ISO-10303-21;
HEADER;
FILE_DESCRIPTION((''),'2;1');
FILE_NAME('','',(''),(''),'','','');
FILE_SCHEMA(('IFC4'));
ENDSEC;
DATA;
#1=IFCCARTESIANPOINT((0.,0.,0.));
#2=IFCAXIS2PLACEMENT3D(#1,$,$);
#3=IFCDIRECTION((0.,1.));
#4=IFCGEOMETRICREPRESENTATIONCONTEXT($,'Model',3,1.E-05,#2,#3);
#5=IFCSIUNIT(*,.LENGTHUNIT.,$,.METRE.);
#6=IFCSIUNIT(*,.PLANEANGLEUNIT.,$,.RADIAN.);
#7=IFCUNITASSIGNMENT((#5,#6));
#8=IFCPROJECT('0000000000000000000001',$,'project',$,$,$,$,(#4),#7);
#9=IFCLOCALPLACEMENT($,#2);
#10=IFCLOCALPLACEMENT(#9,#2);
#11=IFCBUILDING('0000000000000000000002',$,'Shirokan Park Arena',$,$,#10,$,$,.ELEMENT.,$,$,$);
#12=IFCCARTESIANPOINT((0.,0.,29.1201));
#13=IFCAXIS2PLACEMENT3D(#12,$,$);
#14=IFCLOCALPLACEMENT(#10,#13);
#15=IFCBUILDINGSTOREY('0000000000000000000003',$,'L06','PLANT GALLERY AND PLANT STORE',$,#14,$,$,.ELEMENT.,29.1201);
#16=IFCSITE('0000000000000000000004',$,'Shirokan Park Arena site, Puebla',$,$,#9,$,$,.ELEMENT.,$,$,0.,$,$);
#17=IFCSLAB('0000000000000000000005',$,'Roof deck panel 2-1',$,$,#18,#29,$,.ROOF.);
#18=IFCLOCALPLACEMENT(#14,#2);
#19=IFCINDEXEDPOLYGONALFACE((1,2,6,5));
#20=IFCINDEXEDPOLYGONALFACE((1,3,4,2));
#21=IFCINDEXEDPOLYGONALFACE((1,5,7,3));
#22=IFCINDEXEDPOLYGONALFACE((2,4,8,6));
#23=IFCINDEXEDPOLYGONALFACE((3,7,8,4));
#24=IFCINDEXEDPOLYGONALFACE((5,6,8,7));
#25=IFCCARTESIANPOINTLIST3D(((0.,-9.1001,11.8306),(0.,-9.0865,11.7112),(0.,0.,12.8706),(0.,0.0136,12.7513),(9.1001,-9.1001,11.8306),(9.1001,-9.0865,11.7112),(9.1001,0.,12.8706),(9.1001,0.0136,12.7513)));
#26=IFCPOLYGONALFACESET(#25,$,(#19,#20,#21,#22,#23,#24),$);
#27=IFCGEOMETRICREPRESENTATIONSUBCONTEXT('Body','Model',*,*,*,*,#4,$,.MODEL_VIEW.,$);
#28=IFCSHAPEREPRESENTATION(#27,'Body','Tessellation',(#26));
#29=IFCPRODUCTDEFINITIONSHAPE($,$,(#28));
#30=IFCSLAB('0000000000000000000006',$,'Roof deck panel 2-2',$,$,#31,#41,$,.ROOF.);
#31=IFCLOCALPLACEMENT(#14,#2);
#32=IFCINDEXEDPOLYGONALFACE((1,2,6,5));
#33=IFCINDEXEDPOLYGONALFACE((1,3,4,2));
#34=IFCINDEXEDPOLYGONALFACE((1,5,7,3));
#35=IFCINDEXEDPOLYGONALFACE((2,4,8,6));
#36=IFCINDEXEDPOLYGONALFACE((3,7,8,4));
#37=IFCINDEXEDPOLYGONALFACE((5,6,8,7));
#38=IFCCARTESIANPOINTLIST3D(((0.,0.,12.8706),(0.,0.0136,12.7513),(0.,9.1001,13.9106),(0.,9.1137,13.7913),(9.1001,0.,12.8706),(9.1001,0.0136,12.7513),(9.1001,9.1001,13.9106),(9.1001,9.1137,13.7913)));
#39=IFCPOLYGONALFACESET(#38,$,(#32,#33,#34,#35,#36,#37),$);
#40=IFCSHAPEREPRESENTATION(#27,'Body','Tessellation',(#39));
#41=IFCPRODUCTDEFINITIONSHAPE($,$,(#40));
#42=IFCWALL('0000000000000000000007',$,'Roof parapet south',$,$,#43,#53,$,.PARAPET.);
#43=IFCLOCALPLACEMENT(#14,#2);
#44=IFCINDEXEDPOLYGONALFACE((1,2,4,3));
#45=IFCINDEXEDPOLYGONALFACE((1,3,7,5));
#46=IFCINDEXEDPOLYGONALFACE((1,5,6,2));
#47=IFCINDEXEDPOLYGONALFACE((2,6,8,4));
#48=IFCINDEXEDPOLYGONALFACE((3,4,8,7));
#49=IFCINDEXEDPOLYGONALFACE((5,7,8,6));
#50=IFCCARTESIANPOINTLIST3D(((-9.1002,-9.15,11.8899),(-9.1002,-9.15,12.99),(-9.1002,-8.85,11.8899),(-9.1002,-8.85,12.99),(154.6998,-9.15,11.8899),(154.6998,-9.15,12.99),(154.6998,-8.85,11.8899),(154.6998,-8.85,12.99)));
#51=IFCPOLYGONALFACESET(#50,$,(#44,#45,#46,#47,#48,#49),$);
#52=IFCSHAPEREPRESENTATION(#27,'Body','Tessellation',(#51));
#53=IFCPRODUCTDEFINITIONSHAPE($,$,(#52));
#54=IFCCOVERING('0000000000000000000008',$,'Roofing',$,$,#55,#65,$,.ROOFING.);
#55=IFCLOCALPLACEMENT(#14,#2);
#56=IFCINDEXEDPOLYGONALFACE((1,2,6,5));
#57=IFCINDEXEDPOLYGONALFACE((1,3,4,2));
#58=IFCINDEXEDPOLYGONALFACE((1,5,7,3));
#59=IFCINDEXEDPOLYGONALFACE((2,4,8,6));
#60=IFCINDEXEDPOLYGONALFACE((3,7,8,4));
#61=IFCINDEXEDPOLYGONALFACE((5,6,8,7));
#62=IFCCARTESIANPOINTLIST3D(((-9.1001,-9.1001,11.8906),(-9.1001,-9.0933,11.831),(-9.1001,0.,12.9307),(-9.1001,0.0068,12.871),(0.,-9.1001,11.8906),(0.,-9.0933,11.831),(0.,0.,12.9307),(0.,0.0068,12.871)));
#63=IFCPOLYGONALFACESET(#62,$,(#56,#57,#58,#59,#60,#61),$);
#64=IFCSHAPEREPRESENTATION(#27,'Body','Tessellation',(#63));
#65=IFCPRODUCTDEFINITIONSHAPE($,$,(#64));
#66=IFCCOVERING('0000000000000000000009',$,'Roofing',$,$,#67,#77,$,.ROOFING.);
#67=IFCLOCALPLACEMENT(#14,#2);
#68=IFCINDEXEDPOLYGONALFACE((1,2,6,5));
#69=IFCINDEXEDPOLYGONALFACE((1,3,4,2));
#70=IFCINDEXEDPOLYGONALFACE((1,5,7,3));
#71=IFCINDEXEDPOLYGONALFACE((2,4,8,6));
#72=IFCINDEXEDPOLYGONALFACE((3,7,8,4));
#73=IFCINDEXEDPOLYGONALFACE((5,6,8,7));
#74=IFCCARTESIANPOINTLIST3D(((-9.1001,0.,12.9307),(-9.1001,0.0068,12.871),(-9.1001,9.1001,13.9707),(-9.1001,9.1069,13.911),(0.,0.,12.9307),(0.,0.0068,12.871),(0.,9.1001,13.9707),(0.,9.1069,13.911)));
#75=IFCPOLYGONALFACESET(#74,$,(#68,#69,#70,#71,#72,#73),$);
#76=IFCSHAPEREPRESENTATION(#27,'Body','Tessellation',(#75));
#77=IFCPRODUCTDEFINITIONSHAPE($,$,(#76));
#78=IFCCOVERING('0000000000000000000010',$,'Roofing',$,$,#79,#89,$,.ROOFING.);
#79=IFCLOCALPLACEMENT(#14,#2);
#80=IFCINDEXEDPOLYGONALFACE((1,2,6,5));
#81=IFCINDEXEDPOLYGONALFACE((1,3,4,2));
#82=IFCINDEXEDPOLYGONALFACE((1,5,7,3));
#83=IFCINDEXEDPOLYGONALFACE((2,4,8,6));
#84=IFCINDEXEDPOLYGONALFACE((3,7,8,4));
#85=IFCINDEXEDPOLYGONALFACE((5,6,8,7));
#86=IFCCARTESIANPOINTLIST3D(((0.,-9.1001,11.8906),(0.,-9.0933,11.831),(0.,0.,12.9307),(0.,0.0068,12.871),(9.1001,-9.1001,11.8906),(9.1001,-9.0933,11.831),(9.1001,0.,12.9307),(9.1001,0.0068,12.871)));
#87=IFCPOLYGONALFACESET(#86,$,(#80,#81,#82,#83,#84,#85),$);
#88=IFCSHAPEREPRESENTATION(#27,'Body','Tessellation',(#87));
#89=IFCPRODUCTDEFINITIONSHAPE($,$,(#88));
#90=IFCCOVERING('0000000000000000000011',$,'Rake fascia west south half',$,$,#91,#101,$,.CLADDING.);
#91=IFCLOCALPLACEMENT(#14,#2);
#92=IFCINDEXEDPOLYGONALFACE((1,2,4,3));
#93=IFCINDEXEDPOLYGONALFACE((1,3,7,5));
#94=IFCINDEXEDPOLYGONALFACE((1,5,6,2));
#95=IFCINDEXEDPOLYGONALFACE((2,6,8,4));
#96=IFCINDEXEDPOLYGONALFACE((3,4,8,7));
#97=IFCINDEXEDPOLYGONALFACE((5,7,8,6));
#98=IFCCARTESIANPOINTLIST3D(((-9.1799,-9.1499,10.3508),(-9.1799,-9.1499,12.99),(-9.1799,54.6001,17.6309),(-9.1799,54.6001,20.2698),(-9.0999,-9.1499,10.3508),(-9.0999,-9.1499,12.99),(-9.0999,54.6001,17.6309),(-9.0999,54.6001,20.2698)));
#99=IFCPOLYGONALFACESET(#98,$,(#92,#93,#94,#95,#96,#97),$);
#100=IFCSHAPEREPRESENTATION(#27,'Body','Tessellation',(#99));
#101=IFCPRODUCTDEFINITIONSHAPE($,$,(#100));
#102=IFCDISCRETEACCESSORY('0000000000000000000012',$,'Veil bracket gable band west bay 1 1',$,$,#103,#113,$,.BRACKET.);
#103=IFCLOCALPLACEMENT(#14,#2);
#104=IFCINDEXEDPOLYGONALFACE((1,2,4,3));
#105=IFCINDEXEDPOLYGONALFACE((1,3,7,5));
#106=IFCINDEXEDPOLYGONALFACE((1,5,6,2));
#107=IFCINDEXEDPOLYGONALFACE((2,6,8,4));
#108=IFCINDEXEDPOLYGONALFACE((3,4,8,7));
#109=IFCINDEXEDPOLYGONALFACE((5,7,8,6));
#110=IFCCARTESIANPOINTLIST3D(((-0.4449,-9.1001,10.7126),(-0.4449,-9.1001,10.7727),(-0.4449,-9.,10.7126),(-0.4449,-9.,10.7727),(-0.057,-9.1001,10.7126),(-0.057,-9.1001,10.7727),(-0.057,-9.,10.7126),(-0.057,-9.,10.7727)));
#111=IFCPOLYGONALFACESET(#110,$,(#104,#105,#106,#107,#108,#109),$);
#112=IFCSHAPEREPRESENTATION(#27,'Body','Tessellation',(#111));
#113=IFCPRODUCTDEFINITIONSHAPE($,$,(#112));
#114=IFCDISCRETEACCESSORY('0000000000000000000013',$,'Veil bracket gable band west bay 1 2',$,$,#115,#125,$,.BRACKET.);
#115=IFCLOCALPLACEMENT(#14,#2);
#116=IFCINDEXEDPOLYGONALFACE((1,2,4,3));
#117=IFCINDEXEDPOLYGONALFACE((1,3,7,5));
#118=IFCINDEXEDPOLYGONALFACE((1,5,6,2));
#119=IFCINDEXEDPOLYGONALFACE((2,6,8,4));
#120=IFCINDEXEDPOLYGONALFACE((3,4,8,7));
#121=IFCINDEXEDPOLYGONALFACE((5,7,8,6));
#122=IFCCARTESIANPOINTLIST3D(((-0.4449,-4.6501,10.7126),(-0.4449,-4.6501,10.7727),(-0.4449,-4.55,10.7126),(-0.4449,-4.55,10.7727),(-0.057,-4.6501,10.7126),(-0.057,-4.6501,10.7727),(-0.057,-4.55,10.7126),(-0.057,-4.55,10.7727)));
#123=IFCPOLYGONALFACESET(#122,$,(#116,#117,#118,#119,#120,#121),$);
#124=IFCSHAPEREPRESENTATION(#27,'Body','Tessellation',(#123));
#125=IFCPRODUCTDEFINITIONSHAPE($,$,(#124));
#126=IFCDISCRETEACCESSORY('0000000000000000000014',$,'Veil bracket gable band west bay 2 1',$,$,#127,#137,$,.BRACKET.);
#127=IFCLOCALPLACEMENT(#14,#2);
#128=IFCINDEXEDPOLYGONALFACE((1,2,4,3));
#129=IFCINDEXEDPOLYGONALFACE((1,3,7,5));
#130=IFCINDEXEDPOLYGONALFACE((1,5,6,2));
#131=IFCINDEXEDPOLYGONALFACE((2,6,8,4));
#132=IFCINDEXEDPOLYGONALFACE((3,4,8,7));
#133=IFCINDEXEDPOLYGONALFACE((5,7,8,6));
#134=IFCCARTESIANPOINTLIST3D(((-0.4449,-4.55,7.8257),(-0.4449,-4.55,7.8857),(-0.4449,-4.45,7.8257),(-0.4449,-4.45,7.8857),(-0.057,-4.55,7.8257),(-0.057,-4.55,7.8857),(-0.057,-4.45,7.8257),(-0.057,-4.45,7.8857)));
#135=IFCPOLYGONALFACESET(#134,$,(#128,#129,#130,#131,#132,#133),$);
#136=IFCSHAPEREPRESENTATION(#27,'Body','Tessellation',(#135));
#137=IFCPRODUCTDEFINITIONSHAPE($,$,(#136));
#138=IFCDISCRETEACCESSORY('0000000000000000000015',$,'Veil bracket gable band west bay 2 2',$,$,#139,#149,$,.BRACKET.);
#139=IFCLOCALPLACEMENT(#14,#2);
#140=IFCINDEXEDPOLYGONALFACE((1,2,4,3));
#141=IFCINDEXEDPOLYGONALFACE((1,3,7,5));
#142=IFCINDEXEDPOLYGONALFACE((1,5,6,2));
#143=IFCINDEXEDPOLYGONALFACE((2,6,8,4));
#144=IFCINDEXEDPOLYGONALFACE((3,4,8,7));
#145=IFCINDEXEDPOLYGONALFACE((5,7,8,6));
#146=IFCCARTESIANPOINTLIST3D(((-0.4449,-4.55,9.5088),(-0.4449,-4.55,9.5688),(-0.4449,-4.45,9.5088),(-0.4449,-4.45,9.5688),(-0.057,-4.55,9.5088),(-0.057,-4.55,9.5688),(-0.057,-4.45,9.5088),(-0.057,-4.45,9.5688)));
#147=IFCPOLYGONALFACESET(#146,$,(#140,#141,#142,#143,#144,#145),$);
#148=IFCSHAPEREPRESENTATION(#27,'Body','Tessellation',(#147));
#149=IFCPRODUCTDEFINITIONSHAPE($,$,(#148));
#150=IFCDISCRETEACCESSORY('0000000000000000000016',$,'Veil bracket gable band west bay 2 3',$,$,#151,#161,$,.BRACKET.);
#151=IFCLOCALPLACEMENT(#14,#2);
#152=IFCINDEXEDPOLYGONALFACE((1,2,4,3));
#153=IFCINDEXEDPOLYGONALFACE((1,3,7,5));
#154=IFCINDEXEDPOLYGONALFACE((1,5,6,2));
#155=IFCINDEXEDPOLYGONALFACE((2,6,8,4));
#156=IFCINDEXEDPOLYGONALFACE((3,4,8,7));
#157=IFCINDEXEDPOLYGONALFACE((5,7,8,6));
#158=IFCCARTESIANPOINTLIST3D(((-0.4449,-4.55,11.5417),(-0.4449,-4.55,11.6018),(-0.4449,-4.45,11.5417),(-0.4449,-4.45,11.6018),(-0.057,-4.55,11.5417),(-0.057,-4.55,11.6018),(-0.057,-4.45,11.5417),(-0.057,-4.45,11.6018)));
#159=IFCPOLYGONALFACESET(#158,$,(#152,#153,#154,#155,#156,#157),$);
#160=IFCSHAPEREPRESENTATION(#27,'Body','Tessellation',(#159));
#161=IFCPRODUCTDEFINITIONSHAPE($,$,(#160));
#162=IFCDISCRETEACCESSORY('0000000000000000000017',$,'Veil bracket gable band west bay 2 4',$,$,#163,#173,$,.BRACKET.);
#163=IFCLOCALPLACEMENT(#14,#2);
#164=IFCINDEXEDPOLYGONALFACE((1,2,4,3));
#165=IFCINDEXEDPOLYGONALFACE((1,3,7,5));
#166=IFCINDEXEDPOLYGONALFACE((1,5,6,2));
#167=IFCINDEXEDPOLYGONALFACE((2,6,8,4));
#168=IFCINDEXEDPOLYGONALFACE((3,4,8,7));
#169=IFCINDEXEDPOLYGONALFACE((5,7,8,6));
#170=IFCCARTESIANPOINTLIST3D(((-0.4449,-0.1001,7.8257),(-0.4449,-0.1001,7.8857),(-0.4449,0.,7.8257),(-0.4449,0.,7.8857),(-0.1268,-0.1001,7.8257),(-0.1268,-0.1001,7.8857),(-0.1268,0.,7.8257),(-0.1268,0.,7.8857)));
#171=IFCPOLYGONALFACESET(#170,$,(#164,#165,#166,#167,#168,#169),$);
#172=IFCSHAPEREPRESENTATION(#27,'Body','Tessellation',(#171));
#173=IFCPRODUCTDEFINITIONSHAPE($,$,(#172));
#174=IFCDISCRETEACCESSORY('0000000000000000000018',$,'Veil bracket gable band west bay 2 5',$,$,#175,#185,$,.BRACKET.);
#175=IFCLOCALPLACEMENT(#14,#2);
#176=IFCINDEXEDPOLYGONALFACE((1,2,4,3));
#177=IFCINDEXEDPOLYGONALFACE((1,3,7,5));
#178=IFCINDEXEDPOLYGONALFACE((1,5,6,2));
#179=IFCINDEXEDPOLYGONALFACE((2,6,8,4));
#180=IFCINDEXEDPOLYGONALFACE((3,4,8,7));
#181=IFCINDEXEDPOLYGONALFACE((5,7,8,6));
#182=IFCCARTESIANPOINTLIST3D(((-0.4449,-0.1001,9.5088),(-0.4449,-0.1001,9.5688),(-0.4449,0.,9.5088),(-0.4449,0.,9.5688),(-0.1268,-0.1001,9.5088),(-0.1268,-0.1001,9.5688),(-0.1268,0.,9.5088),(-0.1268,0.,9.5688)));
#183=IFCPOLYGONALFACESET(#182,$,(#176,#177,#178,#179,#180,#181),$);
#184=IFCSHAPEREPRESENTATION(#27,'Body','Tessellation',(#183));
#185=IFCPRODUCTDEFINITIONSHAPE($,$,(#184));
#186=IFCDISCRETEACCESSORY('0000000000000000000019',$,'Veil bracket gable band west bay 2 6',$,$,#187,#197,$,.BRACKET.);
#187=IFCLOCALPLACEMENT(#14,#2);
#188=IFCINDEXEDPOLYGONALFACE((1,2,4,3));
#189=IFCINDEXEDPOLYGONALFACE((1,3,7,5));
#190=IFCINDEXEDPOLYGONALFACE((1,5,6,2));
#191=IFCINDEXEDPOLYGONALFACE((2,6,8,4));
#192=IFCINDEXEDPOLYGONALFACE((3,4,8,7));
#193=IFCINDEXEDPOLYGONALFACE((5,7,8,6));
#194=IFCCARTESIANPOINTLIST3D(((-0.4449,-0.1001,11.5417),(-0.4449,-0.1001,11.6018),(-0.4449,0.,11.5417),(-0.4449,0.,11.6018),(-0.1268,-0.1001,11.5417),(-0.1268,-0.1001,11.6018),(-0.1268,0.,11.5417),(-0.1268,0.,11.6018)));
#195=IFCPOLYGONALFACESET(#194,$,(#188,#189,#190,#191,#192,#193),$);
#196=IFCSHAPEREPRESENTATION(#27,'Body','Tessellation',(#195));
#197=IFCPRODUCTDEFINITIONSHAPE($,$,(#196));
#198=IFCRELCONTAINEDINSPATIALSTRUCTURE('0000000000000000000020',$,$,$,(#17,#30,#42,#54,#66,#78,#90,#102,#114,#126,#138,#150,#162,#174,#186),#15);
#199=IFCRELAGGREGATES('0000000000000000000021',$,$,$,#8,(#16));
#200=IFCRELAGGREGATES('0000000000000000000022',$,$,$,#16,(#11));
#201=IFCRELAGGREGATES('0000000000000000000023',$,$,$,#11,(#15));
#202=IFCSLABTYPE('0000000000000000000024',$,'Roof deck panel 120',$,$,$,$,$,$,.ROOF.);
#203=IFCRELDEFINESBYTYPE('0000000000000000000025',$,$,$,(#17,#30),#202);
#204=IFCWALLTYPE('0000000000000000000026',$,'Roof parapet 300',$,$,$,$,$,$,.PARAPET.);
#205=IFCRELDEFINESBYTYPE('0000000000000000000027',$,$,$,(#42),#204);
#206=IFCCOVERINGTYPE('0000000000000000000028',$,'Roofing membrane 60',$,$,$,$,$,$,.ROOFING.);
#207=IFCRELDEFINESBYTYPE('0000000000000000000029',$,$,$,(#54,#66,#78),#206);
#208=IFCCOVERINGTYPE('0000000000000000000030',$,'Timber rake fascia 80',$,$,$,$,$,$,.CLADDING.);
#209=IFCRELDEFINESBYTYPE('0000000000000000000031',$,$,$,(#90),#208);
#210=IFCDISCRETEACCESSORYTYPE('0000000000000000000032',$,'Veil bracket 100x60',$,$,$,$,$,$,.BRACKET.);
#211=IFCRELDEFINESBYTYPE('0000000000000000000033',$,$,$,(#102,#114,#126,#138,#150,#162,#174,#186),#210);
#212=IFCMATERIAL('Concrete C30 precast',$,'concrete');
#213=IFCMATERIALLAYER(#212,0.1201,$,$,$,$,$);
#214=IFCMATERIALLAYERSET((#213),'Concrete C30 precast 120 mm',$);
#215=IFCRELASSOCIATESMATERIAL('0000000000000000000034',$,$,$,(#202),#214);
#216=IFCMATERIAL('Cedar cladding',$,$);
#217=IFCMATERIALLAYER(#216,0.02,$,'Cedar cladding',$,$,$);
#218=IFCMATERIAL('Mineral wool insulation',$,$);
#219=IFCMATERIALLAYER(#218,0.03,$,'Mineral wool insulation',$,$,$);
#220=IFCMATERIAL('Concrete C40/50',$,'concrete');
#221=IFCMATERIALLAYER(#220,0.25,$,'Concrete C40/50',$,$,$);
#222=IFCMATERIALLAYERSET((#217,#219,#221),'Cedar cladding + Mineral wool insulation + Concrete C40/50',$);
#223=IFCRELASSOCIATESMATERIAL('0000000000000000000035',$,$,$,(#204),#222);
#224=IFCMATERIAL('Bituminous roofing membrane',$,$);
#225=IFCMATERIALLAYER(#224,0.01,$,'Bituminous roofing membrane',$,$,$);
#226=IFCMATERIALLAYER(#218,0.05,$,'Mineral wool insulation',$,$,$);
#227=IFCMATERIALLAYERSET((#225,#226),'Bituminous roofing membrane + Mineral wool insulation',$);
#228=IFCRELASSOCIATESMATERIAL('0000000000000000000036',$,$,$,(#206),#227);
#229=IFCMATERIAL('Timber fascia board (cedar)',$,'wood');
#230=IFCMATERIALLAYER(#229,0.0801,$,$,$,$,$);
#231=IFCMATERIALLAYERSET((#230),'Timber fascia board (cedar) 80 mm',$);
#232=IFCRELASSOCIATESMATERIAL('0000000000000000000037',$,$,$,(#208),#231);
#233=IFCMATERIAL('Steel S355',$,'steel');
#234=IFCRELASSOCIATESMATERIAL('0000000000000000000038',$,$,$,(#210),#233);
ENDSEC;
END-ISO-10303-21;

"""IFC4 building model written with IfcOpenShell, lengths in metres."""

from ifc_helpers import new_model, si_unit, direction, frame, frame_2d, origin, origin_2d, place, context, subcontext, project, spatial, polyline, rectangle, outline, extrude, material, layer, layer_set, type_object, element, save


model = new_model("IFC4")

# Units and contexts
model_context = context("Model", 3, precision=1e-05, world=origin(), true_north=direction((0.0, 1.0)))
body_context = subcontext(model_context, "Body", "Model", "MODEL_VIEW")
ifc_project = project(units=[si_unit("LENGTHUNIT", "METRE"), si_unit("PLANEANGLEUNIT", "RADIAN")], contexts=[model_context])

# Site, building, storey
site_placement = place(None, origin())
site = spatial("IfcSite", under=ifc_project, at=site_placement, Name="Shirokan Park Arena site, Puebla", CompositionType="ELEMENT", RefElevation=0.0)
building_placement = place(site_placement, origin())
building = spatial("IfcBuilding", under=site, at=building_placement, Name="Shirokan Park Arena", CompositionType="ELEMENT")
storey_placement = place(building_placement, frame((0.0, 0.0, 29.1201)))
storey = spatial("IfcBuildingStorey", under=building, at=storey_placement, Name="L06", Description="PLANT GALLERY AND PLANT STORE", CompositionType="ELEMENT", Elevation=29.1201)

# Slabs
ifc_material_1 = material(Name="Concrete C30 precast", Category="concrete")
ifc_layer_1 = layer(ifc_material_1, 0.1201)
ifc_layer_set_1 = layer_set([ifc_layer_1], Name="Concrete C30 precast 120 mm")
slab_type = type_object("IfcSlabType", Name="Roof deck panel 120", PredefinedType="ROOF", material=ifc_layer_set_1)
for number, where, z_axis, x_axis, name in (
    (1, (0.0, -9.1001, 11.8306), (0.0, -0.11355, 0.993532), (1.0, 0.0, 0.0), "Roof deck panel 2-1"),
    (2, (0.0, 0.0, 12.8706), (0.0, -0.11355, 0.993532), (1.0, 0.0, 0.0), "Roof deck panel 2-2"),
):
    element("IfcSlab", number, at=place(storey_placement, frame(where, z_axis=z_axis, x_axis=x_axis)), inside=storey, type_object=slab_type, Name=name, PredefinedType="ROOF", context=body_context, shape_type="SweptSolid", body=[
        extrude(outline(polyline([(0.0, 0.0), (9.1001, 0.0), (9.1001, 9.1593), (0.0, 9.1593), (0.0, 0.0)])), origin(), (0.0, 0.0, -1.0), 0.1201),
    ])

# Wall
ifc_material_2 = material(Name="Cedar cladding")
ifc_layer_2 = layer(ifc_material_2, 0.02, Name="Cedar cladding")
ifc_material_3 = material(Name="Mineral wool insulation")
ifc_layer_3 = layer(ifc_material_3, 0.03, Name="Mineral wool insulation")
ifc_material_4 = material(Name="Concrete C40/50", Category="concrete")
ifc_layer_4 = layer(ifc_material_4, 0.25, Name="Concrete C40/50")
ifc_layer_set_2 = layer_set([ifc_layer_2, ifc_layer_3, ifc_layer_4], Name="Cedar cladding + Mineral wool insulation + Concrete C40/50")
wall_type = type_object("IfcWallType", Name="Roof parapet 300", PredefinedType="PARAPET", material=ifc_layer_set_2)
wall_placement = place(storey_placement, frame((-9.1001, -9.0, 11.8899), z_axis=(0.0, 0.0, 1.0), x_axis=(1.0, 0.0, 0.0)))
element("IfcWall", 3, at=wall_placement, inside=storey, type_object=wall_type, Name="Roof parapet south", PredefinedType="PARAPET", context=body_context, shape_type="SweptSolid", body=[
    extrude(rectangle(XDim=163.8, YDim=0.3, at=frame_2d((81.8999, 0.0))), origin(), (0.0, 0.0, 1.0), 1.1001),
])

# Coverings
ifc_material_5 = material(Name="Bituminous roofing membrane")
ifc_layer_5 = layer(ifc_material_5, 0.01, Name="Bituminous roofing membrane")
ifc_layer_6 = layer(ifc_material_3, 0.05, Name="Mineral wool insulation")
ifc_layer_set_3 = layer_set([ifc_layer_5, ifc_layer_6], Name="Bituminous roofing membrane + Mineral wool insulation")
covering_type_1 = type_object("IfcCoveringType", Name="Roofing membrane 60", PredefinedType="ROOFING", material=ifc_layer_set_3)
for number, where, z_axis, x_axis, name in (
    (4, (-9.1001, -9.1001, 11.8906), (0.0, -0.11355, 0.993532), (1.0, 0.0, 0.0), "Roofing"),
    (5, (-9.1001, 0.0, 12.9307), (0.0, -0.11355, 0.993532), (1.0, 0.0, 0.0), "Roofing"),
    (6, (0.0, -9.1001, 11.8906), (0.0, -0.11355, 0.993532), (1.0, 0.0, 0.0), "Roofing"),
):
    element("IfcCovering", number, at=place(storey_placement, frame(where, z_axis=z_axis, x_axis=x_axis)), inside=storey, type_object=covering_type_1, Name=name, PredefinedType="ROOFING", context=body_context, shape_type="SweptSolid", body=[
        extrude(outline(polyline([(0.0, 0.0), (9.1001, 0.0), (9.1001, 9.1593), (0.0, 9.1593), (0.0, 0.0)])), origin(), (0.0, 0.0, -1.0), 0.0601),
    ])

# Covering
ifc_material_6 = material(Name="Timber fascia board (cedar)", Category="wood")
ifc_layer_7 = layer(ifc_material_6, 0.0801)
ifc_layer_set_4 = layer_set([ifc_layer_7], Name="Timber fascia board (cedar) 80 mm")
covering_type_2 = type_object("IfcCoveringType", Name="Timber rake fascia 80", PredefinedType="CLADDING", material=ifc_layer_set_4)
covering_placement = place(storey_placement, frame((-9.1799, -9.1499, 12.99), z_axis=(-1.0, 0.0, 0.0), x_axis=(0.0, 0.993543, 0.113455)))
element("IfcCovering", 7, at=covering_placement, inside=storey, type_object=covering_type_2, Name="Rake fascia west south half", PredefinedType="CLADDING", context=body_context, shape_type="SweptSolid", body=[
    extrude(outline(polyline([(0.0, 0.0), (64.1643, 0.0), (63.8649, 2.6219), (-0.2994, 2.6221), (0.0, 0.0)])), origin(), (0.0, 0.0, -1.0), 0.0801),
])

# Discrete accessories
ifc_material_7 = material(Name="Steel S355", Category="steel")
discrete_accessory_type = type_object("IfcDiscreteAccessoryType", Name="Veil bracket 100x60", PredefinedType="BRACKET", material=ifc_material_7)
for number, where, z_axis, x_axis, name in (
    (8, (-0.251, -9.05, 10.7126), (0.0, 0.0, 1.0), (1.0, 0.0, 0.0), "Veil bracket gable band west bay 1 1"),
    (9, (-0.251, -4.6001, 10.7126), (0.0, 0.0, 1.0), (1.0, 0.0, 0.0), "Veil bracket gable band west bay 1 2"),
    (10, (-0.251, -4.5, 7.8257), (0.0, 0.0, 1.0), (1.0, 0.0, 0.0), "Veil bracket gable band west bay 2 1"),
    (11, (-0.251, -4.5, 9.5088), (0.0, 0.0, 1.0), (1.0, 0.0, 0.0), "Veil bracket gable band west bay 2 2"),
    (12, (-0.251, -4.5, 11.5417), (0.0, 0.0, 1.0), (1.0, 0.0, 0.0), "Veil bracket gable band west bay 2 3"),
):
    element("IfcDiscreteAccessory", number, at=place(storey_placement, frame(where, z_axis=z_axis, x_axis=x_axis)), inside=storey, type_object=discrete_accessory_type, Name=name, PredefinedType="BRACKET", context=body_context, shape_type="SweptSolid", body=[
        extrude(rectangle(XDim=0.3879, YDim=0.1001, at=origin_2d()), origin(), (0.0, 0.0, 1.0), 0.0601),
    ])
for number, where, z_axis, x_axis, name in (
    (13, (-0.2859, -0.05, 7.8257), (0.0, 0.0, 1.0), (1.0, 0.0, 0.0), "Veil bracket gable band west bay 2 4"),
    (14, (-0.2859, -0.05, 9.5088), (0.0, 0.0, 1.0), (1.0, 0.0, 0.0), "Veil bracket gable band west bay 2 5"),
    (15, (-0.2859, -0.05, 11.5417), (0.0, 0.0, 1.0), (1.0, 0.0, 0.0), "Veil bracket gable band west bay 2 6"),
):
    element("IfcDiscreteAccessory", number, at=place(storey_placement, frame(where, z_axis=z_axis, x_axis=x_axis)), inside=storey, type_object=discrete_accessory_type, Name=name, PredefinedType="BRACKET", context=body_context, shape_type="SweptSolid", body=[
        extrude(rectangle(XDim=0.3181, YDim=0.1001, at=origin_2d()), origin(), (0.0, 0.0, 1.0), 0.0601),
    ])

save(model, "model.ifc")
